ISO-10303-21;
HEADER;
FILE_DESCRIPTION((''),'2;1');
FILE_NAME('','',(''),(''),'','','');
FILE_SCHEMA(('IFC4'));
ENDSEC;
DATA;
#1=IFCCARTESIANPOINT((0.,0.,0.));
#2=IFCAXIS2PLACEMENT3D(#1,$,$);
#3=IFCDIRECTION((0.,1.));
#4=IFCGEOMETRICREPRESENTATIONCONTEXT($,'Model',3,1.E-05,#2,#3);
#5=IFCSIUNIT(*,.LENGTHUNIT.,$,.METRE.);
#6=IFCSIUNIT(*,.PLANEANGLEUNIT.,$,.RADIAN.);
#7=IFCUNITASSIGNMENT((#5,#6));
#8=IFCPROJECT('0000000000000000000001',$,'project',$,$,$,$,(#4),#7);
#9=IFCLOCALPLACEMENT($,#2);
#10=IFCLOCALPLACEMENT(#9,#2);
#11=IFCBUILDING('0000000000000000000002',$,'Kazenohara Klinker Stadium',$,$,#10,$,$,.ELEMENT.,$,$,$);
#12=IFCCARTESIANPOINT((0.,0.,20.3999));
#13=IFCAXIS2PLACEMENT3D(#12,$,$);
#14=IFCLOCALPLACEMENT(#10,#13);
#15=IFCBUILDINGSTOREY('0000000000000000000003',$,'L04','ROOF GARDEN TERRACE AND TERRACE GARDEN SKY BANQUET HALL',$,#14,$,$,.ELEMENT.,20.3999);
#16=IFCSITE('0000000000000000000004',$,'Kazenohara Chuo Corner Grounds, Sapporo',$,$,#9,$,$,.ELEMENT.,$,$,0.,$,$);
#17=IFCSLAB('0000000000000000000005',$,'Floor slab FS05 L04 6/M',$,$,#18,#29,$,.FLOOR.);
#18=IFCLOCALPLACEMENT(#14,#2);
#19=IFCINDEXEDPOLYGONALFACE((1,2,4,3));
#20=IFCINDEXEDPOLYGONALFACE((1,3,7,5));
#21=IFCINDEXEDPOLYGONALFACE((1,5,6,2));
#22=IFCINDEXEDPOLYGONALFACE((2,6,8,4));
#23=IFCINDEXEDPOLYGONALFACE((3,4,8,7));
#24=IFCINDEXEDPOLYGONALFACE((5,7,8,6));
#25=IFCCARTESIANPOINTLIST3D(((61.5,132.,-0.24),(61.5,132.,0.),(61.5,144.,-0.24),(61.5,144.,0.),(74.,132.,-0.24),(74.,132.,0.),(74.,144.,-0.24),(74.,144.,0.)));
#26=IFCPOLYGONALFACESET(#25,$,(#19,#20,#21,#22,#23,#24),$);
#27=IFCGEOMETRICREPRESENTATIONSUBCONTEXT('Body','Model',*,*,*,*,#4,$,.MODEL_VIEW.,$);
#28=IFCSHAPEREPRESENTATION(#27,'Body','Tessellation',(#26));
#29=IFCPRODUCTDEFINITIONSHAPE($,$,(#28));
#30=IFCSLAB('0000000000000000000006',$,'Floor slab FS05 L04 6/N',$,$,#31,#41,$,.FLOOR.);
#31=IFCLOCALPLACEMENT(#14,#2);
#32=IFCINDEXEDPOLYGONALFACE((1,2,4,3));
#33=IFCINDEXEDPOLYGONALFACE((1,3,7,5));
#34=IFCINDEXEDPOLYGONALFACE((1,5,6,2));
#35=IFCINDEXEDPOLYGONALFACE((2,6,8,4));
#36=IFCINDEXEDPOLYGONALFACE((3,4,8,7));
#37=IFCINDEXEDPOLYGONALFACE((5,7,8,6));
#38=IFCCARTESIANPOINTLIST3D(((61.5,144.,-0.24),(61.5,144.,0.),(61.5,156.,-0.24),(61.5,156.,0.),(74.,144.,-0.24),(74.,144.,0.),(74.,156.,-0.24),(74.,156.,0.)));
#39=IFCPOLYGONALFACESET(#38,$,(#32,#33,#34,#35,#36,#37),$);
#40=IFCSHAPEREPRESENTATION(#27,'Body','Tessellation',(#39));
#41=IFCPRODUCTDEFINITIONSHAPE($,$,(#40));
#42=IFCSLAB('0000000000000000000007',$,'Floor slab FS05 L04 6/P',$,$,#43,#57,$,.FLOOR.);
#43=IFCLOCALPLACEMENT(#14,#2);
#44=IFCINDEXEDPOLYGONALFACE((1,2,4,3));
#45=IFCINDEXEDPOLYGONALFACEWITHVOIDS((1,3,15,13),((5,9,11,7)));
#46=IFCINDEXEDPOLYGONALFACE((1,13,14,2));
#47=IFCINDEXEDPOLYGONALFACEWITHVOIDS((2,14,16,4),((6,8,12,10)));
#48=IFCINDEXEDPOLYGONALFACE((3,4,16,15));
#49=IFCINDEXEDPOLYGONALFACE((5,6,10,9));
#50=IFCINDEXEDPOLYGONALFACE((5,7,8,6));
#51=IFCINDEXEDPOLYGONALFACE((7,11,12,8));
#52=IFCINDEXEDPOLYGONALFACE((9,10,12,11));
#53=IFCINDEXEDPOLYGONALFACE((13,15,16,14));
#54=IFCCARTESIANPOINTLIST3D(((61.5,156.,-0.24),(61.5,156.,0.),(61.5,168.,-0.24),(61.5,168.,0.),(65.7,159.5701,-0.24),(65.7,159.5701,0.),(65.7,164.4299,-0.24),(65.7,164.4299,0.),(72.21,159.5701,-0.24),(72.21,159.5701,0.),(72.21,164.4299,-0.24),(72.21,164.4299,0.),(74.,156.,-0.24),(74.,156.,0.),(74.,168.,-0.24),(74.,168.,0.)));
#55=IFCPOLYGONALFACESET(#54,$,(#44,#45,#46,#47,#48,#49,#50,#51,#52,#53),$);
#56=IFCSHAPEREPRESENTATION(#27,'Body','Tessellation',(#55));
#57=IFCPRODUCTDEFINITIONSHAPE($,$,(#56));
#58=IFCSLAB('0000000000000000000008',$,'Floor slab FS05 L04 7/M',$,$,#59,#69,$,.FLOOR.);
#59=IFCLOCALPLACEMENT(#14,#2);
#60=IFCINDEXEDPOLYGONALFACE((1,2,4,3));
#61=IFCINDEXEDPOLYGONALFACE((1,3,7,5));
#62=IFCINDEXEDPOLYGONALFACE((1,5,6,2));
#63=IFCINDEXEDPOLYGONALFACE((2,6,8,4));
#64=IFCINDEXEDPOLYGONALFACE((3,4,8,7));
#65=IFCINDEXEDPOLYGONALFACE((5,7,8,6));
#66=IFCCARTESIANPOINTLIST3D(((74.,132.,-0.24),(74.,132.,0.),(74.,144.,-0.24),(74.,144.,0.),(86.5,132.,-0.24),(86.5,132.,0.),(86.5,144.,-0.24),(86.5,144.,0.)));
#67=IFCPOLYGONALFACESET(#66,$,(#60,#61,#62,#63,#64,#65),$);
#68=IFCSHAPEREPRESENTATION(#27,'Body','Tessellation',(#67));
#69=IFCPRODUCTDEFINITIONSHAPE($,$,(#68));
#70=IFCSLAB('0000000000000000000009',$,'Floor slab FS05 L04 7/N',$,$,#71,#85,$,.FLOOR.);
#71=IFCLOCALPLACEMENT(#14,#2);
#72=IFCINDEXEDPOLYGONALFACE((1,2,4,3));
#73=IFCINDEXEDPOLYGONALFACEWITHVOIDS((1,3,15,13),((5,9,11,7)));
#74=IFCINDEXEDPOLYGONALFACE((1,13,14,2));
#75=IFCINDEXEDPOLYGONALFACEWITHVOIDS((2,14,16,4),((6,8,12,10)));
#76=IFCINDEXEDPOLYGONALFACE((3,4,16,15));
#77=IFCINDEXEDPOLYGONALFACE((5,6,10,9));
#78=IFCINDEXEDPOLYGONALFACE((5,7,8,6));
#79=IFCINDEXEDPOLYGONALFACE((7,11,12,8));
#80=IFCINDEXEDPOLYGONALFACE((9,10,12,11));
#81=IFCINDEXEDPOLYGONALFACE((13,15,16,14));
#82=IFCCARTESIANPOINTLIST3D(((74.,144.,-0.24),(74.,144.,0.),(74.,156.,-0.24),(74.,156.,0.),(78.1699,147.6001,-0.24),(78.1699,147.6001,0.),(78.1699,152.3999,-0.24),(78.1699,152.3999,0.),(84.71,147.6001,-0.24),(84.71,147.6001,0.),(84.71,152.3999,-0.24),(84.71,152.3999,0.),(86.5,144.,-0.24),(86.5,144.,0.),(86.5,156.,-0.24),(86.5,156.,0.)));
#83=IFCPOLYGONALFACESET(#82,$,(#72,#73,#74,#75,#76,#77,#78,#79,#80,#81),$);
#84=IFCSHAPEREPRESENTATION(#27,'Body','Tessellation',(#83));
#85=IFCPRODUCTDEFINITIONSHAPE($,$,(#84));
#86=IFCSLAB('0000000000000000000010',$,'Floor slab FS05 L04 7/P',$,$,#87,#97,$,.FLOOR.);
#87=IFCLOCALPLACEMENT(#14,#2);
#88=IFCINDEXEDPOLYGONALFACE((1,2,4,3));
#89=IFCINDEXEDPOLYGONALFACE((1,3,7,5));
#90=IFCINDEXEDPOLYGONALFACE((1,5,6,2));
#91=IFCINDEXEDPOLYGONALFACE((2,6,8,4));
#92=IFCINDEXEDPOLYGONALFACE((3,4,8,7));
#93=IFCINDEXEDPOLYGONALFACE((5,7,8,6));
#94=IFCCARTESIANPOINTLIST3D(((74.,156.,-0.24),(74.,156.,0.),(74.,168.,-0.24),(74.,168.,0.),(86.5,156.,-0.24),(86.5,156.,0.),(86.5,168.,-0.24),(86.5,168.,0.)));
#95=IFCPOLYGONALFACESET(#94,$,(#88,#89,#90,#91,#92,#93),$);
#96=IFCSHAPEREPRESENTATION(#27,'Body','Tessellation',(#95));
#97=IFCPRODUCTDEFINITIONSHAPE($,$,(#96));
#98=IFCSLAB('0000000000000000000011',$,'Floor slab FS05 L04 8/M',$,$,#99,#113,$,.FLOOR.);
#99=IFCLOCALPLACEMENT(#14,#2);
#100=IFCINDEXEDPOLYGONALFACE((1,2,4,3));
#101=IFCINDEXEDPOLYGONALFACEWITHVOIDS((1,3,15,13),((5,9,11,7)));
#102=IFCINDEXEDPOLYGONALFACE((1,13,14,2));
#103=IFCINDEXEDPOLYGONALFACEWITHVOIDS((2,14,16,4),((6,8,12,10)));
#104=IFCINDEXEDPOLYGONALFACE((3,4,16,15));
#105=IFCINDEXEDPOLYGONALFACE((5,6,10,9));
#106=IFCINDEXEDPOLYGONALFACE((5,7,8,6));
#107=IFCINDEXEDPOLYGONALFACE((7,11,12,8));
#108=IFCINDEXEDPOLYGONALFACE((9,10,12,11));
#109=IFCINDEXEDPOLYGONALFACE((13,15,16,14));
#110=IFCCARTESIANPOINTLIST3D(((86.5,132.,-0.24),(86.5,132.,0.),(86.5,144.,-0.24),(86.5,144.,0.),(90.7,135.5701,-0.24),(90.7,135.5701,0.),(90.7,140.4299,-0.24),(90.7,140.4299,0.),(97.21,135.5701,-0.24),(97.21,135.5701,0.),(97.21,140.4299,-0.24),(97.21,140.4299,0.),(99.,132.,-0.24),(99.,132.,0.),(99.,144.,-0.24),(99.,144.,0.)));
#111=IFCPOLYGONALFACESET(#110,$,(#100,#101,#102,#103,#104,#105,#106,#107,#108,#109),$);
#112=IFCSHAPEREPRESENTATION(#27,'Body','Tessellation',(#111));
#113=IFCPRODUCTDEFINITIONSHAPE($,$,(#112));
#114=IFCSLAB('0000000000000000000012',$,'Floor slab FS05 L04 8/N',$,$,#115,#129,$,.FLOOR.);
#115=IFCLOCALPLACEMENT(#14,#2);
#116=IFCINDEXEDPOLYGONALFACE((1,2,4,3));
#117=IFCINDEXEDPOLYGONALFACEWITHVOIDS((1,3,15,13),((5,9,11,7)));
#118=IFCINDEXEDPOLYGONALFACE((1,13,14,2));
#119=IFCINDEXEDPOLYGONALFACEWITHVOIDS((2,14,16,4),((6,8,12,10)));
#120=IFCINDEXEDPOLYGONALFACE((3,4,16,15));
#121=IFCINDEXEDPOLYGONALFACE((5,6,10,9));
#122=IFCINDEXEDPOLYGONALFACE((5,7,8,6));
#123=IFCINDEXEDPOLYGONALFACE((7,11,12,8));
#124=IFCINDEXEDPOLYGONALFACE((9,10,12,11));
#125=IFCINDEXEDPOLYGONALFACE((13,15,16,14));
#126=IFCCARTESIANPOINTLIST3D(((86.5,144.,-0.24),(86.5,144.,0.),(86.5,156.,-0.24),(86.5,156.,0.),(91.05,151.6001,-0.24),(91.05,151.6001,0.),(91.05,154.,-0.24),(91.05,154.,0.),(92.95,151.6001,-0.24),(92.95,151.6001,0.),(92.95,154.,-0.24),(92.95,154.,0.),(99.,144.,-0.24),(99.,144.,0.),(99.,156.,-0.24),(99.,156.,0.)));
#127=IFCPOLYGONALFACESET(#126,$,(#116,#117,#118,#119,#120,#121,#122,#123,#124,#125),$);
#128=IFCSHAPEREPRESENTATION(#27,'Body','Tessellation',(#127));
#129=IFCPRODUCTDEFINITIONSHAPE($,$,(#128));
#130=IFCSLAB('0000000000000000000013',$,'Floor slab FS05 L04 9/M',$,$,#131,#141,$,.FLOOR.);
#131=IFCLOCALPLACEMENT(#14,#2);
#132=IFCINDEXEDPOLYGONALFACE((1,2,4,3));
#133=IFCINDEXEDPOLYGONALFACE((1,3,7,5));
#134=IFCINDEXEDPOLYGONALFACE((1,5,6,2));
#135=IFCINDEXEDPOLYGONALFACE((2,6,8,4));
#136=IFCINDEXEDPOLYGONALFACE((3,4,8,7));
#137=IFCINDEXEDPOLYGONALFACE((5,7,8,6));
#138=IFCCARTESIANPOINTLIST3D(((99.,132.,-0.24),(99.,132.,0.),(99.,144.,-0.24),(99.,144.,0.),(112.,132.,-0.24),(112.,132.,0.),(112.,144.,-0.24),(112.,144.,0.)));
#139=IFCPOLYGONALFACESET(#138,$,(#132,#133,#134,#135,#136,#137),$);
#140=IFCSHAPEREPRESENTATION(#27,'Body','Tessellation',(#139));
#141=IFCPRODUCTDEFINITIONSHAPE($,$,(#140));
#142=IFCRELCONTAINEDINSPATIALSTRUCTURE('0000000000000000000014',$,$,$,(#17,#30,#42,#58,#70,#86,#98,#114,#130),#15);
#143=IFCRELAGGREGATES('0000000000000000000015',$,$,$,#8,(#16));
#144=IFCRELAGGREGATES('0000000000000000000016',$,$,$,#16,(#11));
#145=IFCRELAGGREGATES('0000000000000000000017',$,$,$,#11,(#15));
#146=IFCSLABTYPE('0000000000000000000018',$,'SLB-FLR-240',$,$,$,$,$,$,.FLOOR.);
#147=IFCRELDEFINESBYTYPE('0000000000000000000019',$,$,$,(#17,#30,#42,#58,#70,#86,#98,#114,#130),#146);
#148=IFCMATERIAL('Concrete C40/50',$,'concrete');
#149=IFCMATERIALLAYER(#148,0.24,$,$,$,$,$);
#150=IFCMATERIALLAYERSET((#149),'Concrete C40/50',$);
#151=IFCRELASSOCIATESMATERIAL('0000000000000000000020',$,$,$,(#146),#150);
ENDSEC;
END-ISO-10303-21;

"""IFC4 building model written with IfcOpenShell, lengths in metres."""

from ifc_helpers import new_model, si_unit, direction, frame, origin, place, context, subcontext, project, spatial, polyline, outline, extrude, material, layer, layer_set, type_object, element, save


model = new_model("IFC4")

# Units and contexts
model_context = context("Model", 3, precision=1e-05, world=origin(), true_north=direction((0.0, 1.0)))
body_context = subcontext(model_context, "Body", "Model", "MODEL_VIEW")
ifc_project = project(units=[si_unit("LENGTHUNIT", "METRE"), si_unit("PLANEANGLEUNIT", "RADIAN")], contexts=[model_context])

# Site, building, storey
site_placement = place(None, origin())
site = spatial("IfcSite", under=ifc_project, at=site_placement, Name="Kazenohara Chuo Corner Grounds, Sapporo", CompositionType="ELEMENT", RefElevation=0.0)
building_placement = place(site_placement, origin())
building = spatial("IfcBuilding", under=site, at=building_placement, Name="Kazenohara Klinker Stadium", CompositionType="ELEMENT")
storey_placement = place(building_placement, frame((0.0, 0.0, 20.3999)))
storey = spatial("IfcBuildingStorey", under=building, at=storey_placement, Name="L04", Description="ROOF GARDEN TERRACE AND TERRACE GARDEN SKY BANQUET HALL", CompositionType="ELEMENT", Elevation=20.3999)

# Slabs
ifc_material = material(Name="Concrete C40/50", Category="concrete")
ifc_layer = layer(ifc_material, 0.24)
ifc_layer_set = layer_set([ifc_layer], Name="Concrete C40/50")
slab_type = type_object("IfcSlabType", Name="SLB-FLR-240", PredefinedType="FLOOR", material=ifc_layer_set)
slab_1_placement = place(storey_placement, frame((0.0, 0.0, -0.24)))
element("IfcSlab", 1, at=slab_1_placement, inside=storey, type_object=slab_type, Name="Floor slab FS05 L04 6/M", PredefinedType="FLOOR", context=body_context, shape_type="SweptSolid", body=[
    extrude(outline(polyline([(61.5, 132.0), (74.0, 132.0), (74.0, 144.0), (61.5, 144.0), (61.5, 132.0)])), origin(), (0.0, 0.0, 1.0), 0.24),
])
slab_2_placement = place(storey_placement, frame((0.0, 0.0, -0.24)))
element("IfcSlab", 2, at=slab_2_placement, inside=storey, type_object=slab_type, Name="Floor slab FS05 L04 6/N", PredefinedType="FLOOR", context=body_context, shape_type="SweptSolid", body=[
    extrude(outline(polyline([(61.5, 144.0), (74.0, 144.0), (74.0, 156.0), (61.5, 156.0), (61.5, 144.0)])), origin(), (0.0, 0.0, 1.0), 0.24),
])
slab_3_placement = place(storey_placement, frame((0.0, 0.0, -0.24)))
element("IfcSlab", 3, at=slab_3_placement, inside=storey, type_object=slab_type, Name="Floor slab FS05 L04 6/P", PredefinedType="FLOOR", context=body_context, shape_type="SweptSolid", body=[
    extrude(outline(polyline([(61.5, 156.0), (74.0, 156.0), (74.0, 168.0), (61.5, 168.0), (61.5, 156.0)]), holes=[polyline([(65.7, 159.5701), (72.21, 159.5701), (72.21, 164.4299), (65.7, 164.4299), (65.7, 159.5701)])]), origin(), (0.0, 0.0, 1.0), 0.24),
])
slab_4_placement = place(storey_placement, frame((0.0, 0.0, -0.24)))
element("IfcSlab", 4, at=slab_4_placement, inside=storey, type_object=slab_type, Name="Floor slab FS05 L04 7/M", PredefinedType="FLOOR", context=body_context, shape_type="SweptSolid", body=[
    extrude(outline(polyline([(74.0, 132.0), (86.5, 132.0), (86.5, 144.0), (74.0, 144.0), (74.0, 132.0)])), origin(), (0.0, 0.0, 1.0), 0.24),
])
slab_5_placement = place(storey_placement, frame((0.0, 0.0, -0.24)))
element("IfcSlab", 5, at=slab_5_placement, inside=storey, type_object=slab_type, Name="Floor slab FS05 L04 7/N", PredefinedType="FLOOR", context=body_context, shape_type="SweptSolid", body=[
    extrude(outline(polyline([(74.0, 144.0), (86.5, 144.0), (86.5, 156.0), (74.0, 156.0), (74.0, 144.0)]), holes=[polyline([(78.1699, 147.6001), (84.71, 147.6001), (84.71, 152.3999), (78.1699, 152.3999), (78.1699, 147.6001)])]), origin(), (0.0, 0.0, 1.0), 0.24),
])
slab_6_placement = place(storey_placement, frame((0.0, 0.0, -0.24)))
element("IfcSlab", 6, at=slab_6_placement, inside=storey, type_object=slab_type, Name="Floor slab FS05 L04 7/P", PredefinedType="FLOOR", context=body_context, shape_type="SweptSolid", body=[
    extrude(outline(polyline([(74.0, 156.0), (86.5, 156.0), (86.5, 168.0), (74.0, 168.0), (74.0, 156.0)])), origin(), (0.0, 0.0, 1.0), 0.24),
])
slab_7_placement = place(storey_placement, frame((0.0, 0.0, -0.24)))
element("IfcSlab", 7, at=slab_7_placement, inside=storey, type_object=slab_type, Name="Floor slab FS05 L04 8/M", PredefinedType="FLOOR", context=body_context, shape_type="SweptSolid", body=[
    extrude(outline(polyline([(86.5, 132.0), (99.0, 132.0), (99.0, 144.0), (86.5, 144.0), (86.5, 132.0)]), holes=[polyline([(90.7, 135.5701), (97.21, 135.5701), (97.21, 140.4299), (90.7, 140.4299), (90.7, 135.5701)])]), origin(), (0.0, 0.0, 1.0), 0.24),
])
slab_8_placement = place(storey_placement, frame((0.0, 0.0, -0.24)))
element("IfcSlab", 8, at=slab_8_placement, inside=storey, type_object=slab_type, Name="Floor slab FS05 L04 8/N", PredefinedType="FLOOR", context=body_context, shape_type="SweptSolid", body=[
    extrude(outline(polyline([(86.5, 144.0), (99.0, 144.0), (99.0, 156.0), (86.5, 156.0), (86.5, 144.0)]), holes=[polyline([(91.05, 151.6001), (92.95, 151.6001), (92.95, 154.0), (91.05, 154.0), (91.05, 151.6001)])]), origin(), (0.0, 0.0, 1.0), 0.24),
])
slab_9_placement = place(storey_placement, frame((0.0, 0.0, -0.24)))
element("IfcSlab", 9, at=slab_9_placement, inside=storey, type_object=slab_type, Name="Floor slab FS05 L04 9/M", PredefinedType="FLOOR", context=body_context, shape_type="SweptSolid", body=[
    extrude(outline(polyline([(99.0, 132.0), (112.0, 132.0), (112.0, 144.0), (99.0, 144.0), (99.0, 132.0)])), origin(), (0.0, 0.0, 1.0), 0.24),
])

save(model, "model.ifc")
